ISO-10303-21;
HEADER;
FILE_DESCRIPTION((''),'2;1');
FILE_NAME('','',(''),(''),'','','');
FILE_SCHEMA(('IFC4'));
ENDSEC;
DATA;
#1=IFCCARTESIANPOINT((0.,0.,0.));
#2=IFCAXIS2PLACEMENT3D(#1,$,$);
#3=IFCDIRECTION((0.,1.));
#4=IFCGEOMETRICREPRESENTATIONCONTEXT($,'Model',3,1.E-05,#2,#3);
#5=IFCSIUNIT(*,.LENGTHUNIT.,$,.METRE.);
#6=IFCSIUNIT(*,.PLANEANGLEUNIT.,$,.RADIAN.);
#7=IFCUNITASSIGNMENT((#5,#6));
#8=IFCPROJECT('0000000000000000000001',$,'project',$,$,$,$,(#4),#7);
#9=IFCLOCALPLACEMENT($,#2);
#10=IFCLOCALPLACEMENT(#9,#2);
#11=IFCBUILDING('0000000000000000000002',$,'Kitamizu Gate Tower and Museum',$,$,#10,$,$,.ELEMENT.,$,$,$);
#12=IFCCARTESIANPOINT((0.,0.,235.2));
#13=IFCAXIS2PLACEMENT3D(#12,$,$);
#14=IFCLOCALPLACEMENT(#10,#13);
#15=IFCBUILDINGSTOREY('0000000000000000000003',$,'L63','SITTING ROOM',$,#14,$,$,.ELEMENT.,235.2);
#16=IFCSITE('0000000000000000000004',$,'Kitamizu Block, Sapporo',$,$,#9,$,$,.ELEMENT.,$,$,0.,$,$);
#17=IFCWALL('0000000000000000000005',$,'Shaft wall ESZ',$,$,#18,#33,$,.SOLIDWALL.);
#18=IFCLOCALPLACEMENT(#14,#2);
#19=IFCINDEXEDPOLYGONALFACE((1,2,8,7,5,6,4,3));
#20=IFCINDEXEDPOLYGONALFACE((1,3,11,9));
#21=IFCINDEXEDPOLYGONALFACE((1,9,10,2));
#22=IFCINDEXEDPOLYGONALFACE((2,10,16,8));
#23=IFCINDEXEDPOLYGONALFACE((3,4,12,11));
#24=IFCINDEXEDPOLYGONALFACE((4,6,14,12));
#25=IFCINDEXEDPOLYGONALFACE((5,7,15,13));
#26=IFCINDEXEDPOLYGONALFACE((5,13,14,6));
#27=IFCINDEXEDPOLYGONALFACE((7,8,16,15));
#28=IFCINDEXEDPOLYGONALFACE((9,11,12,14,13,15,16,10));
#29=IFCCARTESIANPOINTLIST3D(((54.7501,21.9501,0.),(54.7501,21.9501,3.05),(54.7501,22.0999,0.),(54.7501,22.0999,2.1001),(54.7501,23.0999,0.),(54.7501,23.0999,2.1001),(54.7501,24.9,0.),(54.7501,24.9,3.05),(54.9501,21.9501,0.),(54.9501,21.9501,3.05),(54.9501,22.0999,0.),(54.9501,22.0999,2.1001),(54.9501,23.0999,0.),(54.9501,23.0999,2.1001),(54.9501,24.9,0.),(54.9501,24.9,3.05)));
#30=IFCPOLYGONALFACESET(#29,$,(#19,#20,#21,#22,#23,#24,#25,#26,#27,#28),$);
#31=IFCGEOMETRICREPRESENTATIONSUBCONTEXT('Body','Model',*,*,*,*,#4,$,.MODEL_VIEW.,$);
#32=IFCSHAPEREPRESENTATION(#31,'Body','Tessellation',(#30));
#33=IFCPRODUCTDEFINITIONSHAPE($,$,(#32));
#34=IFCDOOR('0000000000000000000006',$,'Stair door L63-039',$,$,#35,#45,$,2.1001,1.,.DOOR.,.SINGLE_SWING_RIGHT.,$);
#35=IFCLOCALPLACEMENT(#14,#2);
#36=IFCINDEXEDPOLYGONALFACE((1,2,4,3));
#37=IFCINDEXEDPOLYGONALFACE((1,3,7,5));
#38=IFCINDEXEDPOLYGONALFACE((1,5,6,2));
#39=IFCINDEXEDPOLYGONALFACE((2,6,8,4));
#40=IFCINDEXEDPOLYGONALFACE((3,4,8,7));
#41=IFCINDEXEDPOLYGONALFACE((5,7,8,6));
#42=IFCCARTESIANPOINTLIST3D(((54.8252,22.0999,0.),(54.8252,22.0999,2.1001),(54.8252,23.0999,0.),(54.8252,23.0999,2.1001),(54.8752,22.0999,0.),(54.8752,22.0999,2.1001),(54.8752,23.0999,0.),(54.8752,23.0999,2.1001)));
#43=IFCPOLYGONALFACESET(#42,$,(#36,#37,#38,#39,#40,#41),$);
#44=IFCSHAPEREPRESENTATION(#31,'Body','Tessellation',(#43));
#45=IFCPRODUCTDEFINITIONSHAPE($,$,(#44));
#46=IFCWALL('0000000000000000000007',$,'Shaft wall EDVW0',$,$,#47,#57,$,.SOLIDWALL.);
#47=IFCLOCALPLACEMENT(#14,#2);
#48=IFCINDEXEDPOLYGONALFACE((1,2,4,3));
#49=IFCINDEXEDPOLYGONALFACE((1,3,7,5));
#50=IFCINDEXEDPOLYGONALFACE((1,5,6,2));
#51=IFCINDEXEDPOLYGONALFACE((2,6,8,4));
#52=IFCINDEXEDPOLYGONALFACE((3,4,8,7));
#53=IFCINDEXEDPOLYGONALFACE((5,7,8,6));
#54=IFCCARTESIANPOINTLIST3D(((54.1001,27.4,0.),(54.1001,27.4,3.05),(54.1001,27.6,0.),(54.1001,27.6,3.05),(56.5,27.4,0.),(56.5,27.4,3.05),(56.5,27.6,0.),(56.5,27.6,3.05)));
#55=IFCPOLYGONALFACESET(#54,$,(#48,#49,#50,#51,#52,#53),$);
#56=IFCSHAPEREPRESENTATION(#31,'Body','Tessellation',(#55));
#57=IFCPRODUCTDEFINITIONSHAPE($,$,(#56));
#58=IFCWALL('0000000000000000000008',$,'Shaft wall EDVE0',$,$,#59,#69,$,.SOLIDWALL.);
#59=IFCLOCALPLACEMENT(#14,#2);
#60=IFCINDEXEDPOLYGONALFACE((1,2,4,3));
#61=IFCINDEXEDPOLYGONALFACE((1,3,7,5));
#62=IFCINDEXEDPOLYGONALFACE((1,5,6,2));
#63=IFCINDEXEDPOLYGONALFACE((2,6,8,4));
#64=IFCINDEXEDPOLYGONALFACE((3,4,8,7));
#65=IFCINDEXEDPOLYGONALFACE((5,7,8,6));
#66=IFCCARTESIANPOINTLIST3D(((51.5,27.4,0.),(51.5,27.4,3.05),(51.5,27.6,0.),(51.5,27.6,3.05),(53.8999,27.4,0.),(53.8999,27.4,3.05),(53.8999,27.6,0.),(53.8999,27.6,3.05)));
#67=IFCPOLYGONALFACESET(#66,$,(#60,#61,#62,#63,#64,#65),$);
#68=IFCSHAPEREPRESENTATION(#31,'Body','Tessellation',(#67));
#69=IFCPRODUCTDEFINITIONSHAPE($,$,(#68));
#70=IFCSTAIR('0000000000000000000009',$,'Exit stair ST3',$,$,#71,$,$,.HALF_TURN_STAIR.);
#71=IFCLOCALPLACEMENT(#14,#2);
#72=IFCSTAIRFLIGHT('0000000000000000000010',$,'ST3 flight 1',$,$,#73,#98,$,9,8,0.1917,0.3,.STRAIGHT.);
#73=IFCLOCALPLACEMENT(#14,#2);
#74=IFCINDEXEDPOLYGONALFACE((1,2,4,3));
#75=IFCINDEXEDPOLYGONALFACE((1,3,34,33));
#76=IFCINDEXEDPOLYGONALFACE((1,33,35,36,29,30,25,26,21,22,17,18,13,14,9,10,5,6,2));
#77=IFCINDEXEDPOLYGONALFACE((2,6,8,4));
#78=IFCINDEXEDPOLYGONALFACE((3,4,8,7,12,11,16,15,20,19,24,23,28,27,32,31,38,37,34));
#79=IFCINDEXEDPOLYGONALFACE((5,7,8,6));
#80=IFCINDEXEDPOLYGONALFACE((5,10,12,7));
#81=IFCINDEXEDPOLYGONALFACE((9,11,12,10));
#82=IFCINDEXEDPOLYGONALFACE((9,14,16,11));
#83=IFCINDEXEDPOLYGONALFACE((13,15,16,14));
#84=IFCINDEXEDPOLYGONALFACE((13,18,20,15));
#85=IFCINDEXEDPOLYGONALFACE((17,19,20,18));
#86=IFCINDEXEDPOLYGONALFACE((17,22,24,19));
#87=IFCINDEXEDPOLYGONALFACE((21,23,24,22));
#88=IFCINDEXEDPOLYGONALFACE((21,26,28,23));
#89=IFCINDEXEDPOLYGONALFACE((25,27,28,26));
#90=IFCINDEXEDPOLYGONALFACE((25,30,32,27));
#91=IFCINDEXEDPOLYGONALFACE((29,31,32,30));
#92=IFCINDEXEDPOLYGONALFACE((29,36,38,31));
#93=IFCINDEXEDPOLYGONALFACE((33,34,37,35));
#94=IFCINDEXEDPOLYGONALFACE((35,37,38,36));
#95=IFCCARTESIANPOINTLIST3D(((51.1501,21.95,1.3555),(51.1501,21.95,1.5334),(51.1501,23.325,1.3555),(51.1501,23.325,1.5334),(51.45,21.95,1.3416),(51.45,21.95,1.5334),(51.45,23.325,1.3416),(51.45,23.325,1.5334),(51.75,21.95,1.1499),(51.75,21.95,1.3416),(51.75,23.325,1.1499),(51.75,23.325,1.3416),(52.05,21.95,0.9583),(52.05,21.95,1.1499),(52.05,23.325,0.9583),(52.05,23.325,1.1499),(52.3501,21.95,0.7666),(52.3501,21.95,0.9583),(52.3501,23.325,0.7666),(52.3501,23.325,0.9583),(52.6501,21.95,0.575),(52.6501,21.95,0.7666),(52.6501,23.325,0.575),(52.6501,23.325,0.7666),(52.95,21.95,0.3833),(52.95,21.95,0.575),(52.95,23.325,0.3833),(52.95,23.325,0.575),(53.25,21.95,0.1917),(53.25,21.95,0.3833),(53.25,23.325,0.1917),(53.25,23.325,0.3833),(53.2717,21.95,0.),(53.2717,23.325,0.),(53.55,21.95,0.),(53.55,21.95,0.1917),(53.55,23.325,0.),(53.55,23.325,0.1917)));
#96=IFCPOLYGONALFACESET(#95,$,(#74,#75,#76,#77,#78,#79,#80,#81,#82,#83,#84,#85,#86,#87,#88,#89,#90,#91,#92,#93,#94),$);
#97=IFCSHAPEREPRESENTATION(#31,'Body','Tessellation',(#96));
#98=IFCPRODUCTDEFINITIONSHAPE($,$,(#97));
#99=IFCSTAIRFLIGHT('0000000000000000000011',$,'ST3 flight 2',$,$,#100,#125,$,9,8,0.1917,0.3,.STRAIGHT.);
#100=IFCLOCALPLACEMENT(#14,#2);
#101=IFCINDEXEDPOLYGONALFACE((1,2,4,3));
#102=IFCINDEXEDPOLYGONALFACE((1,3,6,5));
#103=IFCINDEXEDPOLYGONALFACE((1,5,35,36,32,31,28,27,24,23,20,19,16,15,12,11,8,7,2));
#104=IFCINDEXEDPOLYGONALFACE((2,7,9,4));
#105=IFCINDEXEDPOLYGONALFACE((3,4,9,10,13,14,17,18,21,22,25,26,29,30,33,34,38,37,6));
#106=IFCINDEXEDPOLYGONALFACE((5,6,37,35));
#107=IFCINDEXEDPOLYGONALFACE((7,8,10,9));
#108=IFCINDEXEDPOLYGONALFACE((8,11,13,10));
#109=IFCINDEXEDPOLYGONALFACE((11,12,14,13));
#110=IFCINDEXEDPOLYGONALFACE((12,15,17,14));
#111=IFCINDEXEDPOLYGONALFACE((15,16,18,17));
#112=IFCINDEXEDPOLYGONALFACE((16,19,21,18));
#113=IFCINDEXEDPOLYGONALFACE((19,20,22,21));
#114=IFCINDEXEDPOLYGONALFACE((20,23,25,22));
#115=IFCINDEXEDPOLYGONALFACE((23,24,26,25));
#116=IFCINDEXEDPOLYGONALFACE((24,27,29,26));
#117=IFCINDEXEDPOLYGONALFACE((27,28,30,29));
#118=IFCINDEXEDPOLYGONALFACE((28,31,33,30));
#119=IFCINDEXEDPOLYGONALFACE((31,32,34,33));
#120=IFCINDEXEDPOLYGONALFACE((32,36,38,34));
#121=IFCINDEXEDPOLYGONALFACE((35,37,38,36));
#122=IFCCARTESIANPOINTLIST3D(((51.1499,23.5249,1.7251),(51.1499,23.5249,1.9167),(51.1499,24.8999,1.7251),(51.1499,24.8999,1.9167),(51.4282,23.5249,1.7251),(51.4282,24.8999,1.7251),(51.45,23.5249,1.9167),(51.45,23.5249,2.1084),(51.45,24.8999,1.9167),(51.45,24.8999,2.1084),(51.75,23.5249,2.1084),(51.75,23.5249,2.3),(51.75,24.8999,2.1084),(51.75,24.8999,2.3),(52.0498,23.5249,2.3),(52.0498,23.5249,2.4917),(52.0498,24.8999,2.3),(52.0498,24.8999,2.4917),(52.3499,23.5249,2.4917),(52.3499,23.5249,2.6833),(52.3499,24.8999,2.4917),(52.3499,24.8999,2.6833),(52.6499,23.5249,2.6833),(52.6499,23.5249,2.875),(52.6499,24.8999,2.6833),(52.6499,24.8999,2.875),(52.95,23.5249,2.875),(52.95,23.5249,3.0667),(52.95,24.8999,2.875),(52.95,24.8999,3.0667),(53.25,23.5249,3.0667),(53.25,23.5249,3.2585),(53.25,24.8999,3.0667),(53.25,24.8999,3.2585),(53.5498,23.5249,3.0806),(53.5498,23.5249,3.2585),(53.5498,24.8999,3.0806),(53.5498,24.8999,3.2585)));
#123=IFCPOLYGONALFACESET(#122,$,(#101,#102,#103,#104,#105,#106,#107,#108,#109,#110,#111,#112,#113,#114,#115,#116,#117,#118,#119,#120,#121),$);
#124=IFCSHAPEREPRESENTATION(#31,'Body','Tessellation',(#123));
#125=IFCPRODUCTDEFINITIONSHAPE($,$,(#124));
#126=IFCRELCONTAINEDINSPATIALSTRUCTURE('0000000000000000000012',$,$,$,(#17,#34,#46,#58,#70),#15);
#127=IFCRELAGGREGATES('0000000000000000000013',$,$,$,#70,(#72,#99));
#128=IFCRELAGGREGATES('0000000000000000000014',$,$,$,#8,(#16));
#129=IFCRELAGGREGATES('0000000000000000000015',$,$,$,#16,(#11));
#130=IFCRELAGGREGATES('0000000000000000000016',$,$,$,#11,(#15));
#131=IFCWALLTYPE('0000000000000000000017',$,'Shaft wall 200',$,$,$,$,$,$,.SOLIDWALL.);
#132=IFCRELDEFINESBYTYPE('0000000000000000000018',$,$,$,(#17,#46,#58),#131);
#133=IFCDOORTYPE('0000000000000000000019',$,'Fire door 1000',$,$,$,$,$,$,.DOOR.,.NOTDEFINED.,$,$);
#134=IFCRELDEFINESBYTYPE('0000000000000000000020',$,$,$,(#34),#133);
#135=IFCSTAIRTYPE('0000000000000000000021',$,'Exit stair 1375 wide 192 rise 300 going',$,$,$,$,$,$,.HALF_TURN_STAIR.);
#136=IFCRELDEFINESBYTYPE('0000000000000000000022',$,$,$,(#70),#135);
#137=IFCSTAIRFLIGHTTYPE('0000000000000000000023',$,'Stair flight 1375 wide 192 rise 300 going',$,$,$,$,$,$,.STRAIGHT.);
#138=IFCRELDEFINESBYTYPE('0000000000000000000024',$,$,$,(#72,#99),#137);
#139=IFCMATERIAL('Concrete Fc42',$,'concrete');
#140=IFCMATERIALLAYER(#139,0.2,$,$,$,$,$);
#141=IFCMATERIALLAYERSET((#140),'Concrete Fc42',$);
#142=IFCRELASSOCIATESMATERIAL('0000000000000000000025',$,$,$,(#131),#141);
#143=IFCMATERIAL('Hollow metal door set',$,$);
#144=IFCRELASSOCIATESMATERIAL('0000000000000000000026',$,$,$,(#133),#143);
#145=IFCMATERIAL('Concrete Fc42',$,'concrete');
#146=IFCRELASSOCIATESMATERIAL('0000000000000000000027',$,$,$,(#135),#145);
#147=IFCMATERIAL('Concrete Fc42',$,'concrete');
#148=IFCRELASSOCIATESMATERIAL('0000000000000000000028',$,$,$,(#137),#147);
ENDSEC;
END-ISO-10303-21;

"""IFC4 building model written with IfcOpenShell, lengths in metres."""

from ifc_helpers import new_model, si_unit, direction, frame, frame_2d, origin, place, context, subcontext, project, spatial, polyline, rectangle, outline, extrude, material, layer, layer_set, type_object, element, fill, aggregate, save


model = new_model("IFC4")

# Units and contexts
model_context = context("Model", 3, precision=1e-05, world=origin(), true_north=direction((0.0, 1.0)))
body_context = subcontext(model_context, "Body", "Model", "MODEL_VIEW")
ifc_project = project(units=[si_unit("LENGTHUNIT", "METRE"), si_unit("PLANEANGLEUNIT", "RADIAN")], contexts=[model_context])

# Site, building, storey
site_placement = place(None, origin())
site = spatial("IfcSite", under=ifc_project, at=site_placement, Name="Kitamizu Block, Sapporo", CompositionType="ELEMENT", RefElevation=0.0)
building_placement = place(site_placement, origin())
building = spatial("IfcBuilding", under=site, at=building_placement, Name="Kitamizu Gate Tower and Museum", CompositionType="ELEMENT")
storey_placement = place(building_placement, frame((0.0, 0.0, 235.2)))
storey = spatial("IfcBuildingStorey", under=building, at=storey_placement, Name="L63", Description="SITTING ROOM", CompositionType="ELEMENT", Elevation=235.2)

# Shared definitions
ifc_material_1 = material(Name="Concrete Fc42", Category="concrete")
ifc_layer_1 = layer(ifc_material_1, 0.2)
ifc_layer_set_1 = layer_set([ifc_layer_1], Name="Concrete Fc42")
wall_type_1 = type_object("IfcWallType", Name="Shaft wall 200", PredefinedType="SOLIDWALL", material=ifc_layer_set_1)
ifc_material_2 = material(Name="Hollow metal door set")
door_type_1 = type_object("IfcDoorType", Name="Fire door 1000", OperationType="NOTDEFINED", PredefinedType="DOOR", material=ifc_material_2)

# Wall, opening, door
wall_1_placement = place(storey_placement, frame((54.8501, 21.95, 0.0), z_axis=(0.0, 0.0, 1.0), x_axis=(0.0, 1.0, 0.0)))
wall_1 = element("IfcWall", 1, at=wall_1_placement, inside=storey, type_object=wall_type_1, Name="Shaft wall ESZ", PredefinedType="SOLIDWALL", context=body_context, shape_type="SweptSolid", body=[
    extrude(rectangle(XDim=2.95, YDim=0.2, at=frame_2d((1.4751, 0.0))), origin(), (0.0, 0.0, 1.0), 3.05),
])
opening_1_placement = place(wall_1_placement, frame((0.1499, 0.0, 0.0)))
opening_1 = element("IfcOpeningElement", 2, at=opening_1_placement, cuts=wall_1, PredefinedType="OPENING", context=body_context, shape_type="SweptSolid", body=[
    extrude(rectangle(XDim=1.0, YDim=2.1001, at=frame_2d((0.5, 1.05))), frame((0.0, 0.1099, 0.0), z_axis=(0.0, -1.0, 0.0), x_axis=(1.0, 0.0, 0.0)), (0.0, 0.0, 1.0), 0.22),
])
door_1_placement = place(opening_1_placement, origin())
door_1 = element("IfcDoor", 3, at=door_1_placement, inside=storey, type_object=door_type_1, Name="Stair door L63-039", OperationType="SINGLE_SWING_RIGHT", OverallHeight=2.1001, OverallWidth=1.0, PredefinedType="DOOR", context=body_context, shape_type="SweptSolid", body=[
    extrude(rectangle(XDim=1.0, YDim=2.1001, at=frame_2d((0.5, 1.05))), frame((0.0, 0.0249, 0.0), z_axis=(0.0, -1.0, 0.0), x_axis=(1.0, 0.0, 0.0)), (0.0, 0.0, 1.0), 0.05),
])
fill(opening_1, door_1)

# Walls
for number, where, z_axis, x_axis, name in (
    (4, (56.5, 27.5, 0.0), (0.0, 0.0, 1.0), (-1.0, 0.0, 0.0), "Shaft wall EDVW0"),
    (5, (53.8999, 27.5, 0.0), (0.0, 0.0, 1.0), (-1.0, 0.0, 0.0), "Shaft wall EDVE0"),
):
    element("IfcWall", number, at=place(storey_placement, frame(where, z_axis=z_axis, x_axis=x_axis)), inside=storey, type_object=wall_type_1, Name=name, PredefinedType="SOLIDWALL", context=body_context, shape_type="SweptSolid", body=[
        extrude(rectangle(XDim=2.3999, YDim=0.2, at=frame_2d((1.2, 0.0))), origin(), (0.0, 0.0, 1.0), 3.05),
    ])

# Stair, stair flights
ifc_material_3 = material(Name="Concrete Fc42", Category="concrete")
stair_type = type_object("IfcStairType", Name="Exit stair 1375 wide 192 rise 300 going", PredefinedType="HALF_TURN_STAIR", material=ifc_material_3)
stair_placement = place(storey_placement, origin())
stair = element("IfcStair", 6, at=stair_placement, inside=storey, type_object=stair_type, Name="Exit stair ST3", PredefinedType="HALF_TURN_STAIR")
ifc_material_4 = material(Name="Concrete Fc42", Category="concrete")
stair_flight_type = type_object("IfcStairFlightType", Name="Stair flight 1375 wide 192 rise 300 going", PredefinedType="STRAIGHT", material=ifc_material_4)
stair_flight_1_placement = place(storey_placement, frame((53.55, 22.6375, 0.0), z_axis=(0.0, 0.0, 1.0), x_axis=(-1.0, 0.0, 0.0)))
stair_flight_1 = element("IfcStairFlight", 7, at=stair_flight_1_placement, type_object=stair_flight_type, Name="ST3 flight 1", NumberOfRisers=9, NumberOfTreads=8, PredefinedType="STRAIGHT", RiserHeight=0.1917, TreadLength=0.3, context=body_context, shape_type="SweptSolid", body=[
    extrude(outline(polyline([(0.0, 0.0), (0.0, 0.1917), (0.3, 0.1917), (0.3, 0.3833), (0.6001, 0.3833), (0.6001, 0.575), (0.8999, 0.575), (0.8999, 0.7666), (1.2, 0.7666), (1.2, 0.9583), (1.5, 0.9583), (1.5, 1.1499), (1.8, 1.1499), (1.8, 1.3416), (2.1001, 1.3416), (2.1001, 1.5334), (2.3999, 1.5334), (2.3999, 1.7251), (2.3999, 1.3555), (0.2783, 0.0), (0.0, 0.0)])), frame((0.0, 0.6875, 0.0), z_axis=(0.0, -1.0, 0.0), x_axis=(1.0, 0.0, 0.0)), (0.0, 0.0, 1.0), 1.375),
])
stair_flight_2_placement = place(storey_placement, frame((51.1499, 24.2124, 1.7251), z_axis=(0.0, 0.0, 1.0), x_axis=(1.0, 0.0, 0.0)))
stair_flight_2 = element("IfcStairFlight", 8, at=stair_flight_2_placement, type_object=stair_flight_type, Name="ST3 flight 2", NumberOfRisers=9, NumberOfTreads=8, PredefinedType="STRAIGHT", RiserHeight=0.1917, TreadLength=0.3, context=body_context, shape_type="SweptSolid", body=[
    extrude(outline(polyline([(0.0, 0.0), (0.0, 0.1917), (0.3, 0.1917), (0.3, 0.3833), (0.6001, 0.3833), (0.6001, 0.575), (0.8999, 0.575), (0.8999, 0.7666), (1.2, 0.7666), (1.2, 0.9583), (1.5, 0.9583), (1.5, 1.1499), (1.8, 1.1499), (1.8, 1.3416), (2.1001, 1.3416), (2.1001, 1.5334), (2.3999, 1.5334), (2.3999, 1.7251), (2.3999, 1.3555), (0.2783, 0.0), (0.0, 0.0)])), frame((0.0, 0.6875, 0.0), z_axis=(0.0, -1.0, 0.0), x_axis=(1.0, 0.0, 0.0)), (0.0, 0.0, 1.0), 1.375),
])
aggregate(stair, [stair_flight_1, stair_flight_2])

save(model, "model.ifc")
